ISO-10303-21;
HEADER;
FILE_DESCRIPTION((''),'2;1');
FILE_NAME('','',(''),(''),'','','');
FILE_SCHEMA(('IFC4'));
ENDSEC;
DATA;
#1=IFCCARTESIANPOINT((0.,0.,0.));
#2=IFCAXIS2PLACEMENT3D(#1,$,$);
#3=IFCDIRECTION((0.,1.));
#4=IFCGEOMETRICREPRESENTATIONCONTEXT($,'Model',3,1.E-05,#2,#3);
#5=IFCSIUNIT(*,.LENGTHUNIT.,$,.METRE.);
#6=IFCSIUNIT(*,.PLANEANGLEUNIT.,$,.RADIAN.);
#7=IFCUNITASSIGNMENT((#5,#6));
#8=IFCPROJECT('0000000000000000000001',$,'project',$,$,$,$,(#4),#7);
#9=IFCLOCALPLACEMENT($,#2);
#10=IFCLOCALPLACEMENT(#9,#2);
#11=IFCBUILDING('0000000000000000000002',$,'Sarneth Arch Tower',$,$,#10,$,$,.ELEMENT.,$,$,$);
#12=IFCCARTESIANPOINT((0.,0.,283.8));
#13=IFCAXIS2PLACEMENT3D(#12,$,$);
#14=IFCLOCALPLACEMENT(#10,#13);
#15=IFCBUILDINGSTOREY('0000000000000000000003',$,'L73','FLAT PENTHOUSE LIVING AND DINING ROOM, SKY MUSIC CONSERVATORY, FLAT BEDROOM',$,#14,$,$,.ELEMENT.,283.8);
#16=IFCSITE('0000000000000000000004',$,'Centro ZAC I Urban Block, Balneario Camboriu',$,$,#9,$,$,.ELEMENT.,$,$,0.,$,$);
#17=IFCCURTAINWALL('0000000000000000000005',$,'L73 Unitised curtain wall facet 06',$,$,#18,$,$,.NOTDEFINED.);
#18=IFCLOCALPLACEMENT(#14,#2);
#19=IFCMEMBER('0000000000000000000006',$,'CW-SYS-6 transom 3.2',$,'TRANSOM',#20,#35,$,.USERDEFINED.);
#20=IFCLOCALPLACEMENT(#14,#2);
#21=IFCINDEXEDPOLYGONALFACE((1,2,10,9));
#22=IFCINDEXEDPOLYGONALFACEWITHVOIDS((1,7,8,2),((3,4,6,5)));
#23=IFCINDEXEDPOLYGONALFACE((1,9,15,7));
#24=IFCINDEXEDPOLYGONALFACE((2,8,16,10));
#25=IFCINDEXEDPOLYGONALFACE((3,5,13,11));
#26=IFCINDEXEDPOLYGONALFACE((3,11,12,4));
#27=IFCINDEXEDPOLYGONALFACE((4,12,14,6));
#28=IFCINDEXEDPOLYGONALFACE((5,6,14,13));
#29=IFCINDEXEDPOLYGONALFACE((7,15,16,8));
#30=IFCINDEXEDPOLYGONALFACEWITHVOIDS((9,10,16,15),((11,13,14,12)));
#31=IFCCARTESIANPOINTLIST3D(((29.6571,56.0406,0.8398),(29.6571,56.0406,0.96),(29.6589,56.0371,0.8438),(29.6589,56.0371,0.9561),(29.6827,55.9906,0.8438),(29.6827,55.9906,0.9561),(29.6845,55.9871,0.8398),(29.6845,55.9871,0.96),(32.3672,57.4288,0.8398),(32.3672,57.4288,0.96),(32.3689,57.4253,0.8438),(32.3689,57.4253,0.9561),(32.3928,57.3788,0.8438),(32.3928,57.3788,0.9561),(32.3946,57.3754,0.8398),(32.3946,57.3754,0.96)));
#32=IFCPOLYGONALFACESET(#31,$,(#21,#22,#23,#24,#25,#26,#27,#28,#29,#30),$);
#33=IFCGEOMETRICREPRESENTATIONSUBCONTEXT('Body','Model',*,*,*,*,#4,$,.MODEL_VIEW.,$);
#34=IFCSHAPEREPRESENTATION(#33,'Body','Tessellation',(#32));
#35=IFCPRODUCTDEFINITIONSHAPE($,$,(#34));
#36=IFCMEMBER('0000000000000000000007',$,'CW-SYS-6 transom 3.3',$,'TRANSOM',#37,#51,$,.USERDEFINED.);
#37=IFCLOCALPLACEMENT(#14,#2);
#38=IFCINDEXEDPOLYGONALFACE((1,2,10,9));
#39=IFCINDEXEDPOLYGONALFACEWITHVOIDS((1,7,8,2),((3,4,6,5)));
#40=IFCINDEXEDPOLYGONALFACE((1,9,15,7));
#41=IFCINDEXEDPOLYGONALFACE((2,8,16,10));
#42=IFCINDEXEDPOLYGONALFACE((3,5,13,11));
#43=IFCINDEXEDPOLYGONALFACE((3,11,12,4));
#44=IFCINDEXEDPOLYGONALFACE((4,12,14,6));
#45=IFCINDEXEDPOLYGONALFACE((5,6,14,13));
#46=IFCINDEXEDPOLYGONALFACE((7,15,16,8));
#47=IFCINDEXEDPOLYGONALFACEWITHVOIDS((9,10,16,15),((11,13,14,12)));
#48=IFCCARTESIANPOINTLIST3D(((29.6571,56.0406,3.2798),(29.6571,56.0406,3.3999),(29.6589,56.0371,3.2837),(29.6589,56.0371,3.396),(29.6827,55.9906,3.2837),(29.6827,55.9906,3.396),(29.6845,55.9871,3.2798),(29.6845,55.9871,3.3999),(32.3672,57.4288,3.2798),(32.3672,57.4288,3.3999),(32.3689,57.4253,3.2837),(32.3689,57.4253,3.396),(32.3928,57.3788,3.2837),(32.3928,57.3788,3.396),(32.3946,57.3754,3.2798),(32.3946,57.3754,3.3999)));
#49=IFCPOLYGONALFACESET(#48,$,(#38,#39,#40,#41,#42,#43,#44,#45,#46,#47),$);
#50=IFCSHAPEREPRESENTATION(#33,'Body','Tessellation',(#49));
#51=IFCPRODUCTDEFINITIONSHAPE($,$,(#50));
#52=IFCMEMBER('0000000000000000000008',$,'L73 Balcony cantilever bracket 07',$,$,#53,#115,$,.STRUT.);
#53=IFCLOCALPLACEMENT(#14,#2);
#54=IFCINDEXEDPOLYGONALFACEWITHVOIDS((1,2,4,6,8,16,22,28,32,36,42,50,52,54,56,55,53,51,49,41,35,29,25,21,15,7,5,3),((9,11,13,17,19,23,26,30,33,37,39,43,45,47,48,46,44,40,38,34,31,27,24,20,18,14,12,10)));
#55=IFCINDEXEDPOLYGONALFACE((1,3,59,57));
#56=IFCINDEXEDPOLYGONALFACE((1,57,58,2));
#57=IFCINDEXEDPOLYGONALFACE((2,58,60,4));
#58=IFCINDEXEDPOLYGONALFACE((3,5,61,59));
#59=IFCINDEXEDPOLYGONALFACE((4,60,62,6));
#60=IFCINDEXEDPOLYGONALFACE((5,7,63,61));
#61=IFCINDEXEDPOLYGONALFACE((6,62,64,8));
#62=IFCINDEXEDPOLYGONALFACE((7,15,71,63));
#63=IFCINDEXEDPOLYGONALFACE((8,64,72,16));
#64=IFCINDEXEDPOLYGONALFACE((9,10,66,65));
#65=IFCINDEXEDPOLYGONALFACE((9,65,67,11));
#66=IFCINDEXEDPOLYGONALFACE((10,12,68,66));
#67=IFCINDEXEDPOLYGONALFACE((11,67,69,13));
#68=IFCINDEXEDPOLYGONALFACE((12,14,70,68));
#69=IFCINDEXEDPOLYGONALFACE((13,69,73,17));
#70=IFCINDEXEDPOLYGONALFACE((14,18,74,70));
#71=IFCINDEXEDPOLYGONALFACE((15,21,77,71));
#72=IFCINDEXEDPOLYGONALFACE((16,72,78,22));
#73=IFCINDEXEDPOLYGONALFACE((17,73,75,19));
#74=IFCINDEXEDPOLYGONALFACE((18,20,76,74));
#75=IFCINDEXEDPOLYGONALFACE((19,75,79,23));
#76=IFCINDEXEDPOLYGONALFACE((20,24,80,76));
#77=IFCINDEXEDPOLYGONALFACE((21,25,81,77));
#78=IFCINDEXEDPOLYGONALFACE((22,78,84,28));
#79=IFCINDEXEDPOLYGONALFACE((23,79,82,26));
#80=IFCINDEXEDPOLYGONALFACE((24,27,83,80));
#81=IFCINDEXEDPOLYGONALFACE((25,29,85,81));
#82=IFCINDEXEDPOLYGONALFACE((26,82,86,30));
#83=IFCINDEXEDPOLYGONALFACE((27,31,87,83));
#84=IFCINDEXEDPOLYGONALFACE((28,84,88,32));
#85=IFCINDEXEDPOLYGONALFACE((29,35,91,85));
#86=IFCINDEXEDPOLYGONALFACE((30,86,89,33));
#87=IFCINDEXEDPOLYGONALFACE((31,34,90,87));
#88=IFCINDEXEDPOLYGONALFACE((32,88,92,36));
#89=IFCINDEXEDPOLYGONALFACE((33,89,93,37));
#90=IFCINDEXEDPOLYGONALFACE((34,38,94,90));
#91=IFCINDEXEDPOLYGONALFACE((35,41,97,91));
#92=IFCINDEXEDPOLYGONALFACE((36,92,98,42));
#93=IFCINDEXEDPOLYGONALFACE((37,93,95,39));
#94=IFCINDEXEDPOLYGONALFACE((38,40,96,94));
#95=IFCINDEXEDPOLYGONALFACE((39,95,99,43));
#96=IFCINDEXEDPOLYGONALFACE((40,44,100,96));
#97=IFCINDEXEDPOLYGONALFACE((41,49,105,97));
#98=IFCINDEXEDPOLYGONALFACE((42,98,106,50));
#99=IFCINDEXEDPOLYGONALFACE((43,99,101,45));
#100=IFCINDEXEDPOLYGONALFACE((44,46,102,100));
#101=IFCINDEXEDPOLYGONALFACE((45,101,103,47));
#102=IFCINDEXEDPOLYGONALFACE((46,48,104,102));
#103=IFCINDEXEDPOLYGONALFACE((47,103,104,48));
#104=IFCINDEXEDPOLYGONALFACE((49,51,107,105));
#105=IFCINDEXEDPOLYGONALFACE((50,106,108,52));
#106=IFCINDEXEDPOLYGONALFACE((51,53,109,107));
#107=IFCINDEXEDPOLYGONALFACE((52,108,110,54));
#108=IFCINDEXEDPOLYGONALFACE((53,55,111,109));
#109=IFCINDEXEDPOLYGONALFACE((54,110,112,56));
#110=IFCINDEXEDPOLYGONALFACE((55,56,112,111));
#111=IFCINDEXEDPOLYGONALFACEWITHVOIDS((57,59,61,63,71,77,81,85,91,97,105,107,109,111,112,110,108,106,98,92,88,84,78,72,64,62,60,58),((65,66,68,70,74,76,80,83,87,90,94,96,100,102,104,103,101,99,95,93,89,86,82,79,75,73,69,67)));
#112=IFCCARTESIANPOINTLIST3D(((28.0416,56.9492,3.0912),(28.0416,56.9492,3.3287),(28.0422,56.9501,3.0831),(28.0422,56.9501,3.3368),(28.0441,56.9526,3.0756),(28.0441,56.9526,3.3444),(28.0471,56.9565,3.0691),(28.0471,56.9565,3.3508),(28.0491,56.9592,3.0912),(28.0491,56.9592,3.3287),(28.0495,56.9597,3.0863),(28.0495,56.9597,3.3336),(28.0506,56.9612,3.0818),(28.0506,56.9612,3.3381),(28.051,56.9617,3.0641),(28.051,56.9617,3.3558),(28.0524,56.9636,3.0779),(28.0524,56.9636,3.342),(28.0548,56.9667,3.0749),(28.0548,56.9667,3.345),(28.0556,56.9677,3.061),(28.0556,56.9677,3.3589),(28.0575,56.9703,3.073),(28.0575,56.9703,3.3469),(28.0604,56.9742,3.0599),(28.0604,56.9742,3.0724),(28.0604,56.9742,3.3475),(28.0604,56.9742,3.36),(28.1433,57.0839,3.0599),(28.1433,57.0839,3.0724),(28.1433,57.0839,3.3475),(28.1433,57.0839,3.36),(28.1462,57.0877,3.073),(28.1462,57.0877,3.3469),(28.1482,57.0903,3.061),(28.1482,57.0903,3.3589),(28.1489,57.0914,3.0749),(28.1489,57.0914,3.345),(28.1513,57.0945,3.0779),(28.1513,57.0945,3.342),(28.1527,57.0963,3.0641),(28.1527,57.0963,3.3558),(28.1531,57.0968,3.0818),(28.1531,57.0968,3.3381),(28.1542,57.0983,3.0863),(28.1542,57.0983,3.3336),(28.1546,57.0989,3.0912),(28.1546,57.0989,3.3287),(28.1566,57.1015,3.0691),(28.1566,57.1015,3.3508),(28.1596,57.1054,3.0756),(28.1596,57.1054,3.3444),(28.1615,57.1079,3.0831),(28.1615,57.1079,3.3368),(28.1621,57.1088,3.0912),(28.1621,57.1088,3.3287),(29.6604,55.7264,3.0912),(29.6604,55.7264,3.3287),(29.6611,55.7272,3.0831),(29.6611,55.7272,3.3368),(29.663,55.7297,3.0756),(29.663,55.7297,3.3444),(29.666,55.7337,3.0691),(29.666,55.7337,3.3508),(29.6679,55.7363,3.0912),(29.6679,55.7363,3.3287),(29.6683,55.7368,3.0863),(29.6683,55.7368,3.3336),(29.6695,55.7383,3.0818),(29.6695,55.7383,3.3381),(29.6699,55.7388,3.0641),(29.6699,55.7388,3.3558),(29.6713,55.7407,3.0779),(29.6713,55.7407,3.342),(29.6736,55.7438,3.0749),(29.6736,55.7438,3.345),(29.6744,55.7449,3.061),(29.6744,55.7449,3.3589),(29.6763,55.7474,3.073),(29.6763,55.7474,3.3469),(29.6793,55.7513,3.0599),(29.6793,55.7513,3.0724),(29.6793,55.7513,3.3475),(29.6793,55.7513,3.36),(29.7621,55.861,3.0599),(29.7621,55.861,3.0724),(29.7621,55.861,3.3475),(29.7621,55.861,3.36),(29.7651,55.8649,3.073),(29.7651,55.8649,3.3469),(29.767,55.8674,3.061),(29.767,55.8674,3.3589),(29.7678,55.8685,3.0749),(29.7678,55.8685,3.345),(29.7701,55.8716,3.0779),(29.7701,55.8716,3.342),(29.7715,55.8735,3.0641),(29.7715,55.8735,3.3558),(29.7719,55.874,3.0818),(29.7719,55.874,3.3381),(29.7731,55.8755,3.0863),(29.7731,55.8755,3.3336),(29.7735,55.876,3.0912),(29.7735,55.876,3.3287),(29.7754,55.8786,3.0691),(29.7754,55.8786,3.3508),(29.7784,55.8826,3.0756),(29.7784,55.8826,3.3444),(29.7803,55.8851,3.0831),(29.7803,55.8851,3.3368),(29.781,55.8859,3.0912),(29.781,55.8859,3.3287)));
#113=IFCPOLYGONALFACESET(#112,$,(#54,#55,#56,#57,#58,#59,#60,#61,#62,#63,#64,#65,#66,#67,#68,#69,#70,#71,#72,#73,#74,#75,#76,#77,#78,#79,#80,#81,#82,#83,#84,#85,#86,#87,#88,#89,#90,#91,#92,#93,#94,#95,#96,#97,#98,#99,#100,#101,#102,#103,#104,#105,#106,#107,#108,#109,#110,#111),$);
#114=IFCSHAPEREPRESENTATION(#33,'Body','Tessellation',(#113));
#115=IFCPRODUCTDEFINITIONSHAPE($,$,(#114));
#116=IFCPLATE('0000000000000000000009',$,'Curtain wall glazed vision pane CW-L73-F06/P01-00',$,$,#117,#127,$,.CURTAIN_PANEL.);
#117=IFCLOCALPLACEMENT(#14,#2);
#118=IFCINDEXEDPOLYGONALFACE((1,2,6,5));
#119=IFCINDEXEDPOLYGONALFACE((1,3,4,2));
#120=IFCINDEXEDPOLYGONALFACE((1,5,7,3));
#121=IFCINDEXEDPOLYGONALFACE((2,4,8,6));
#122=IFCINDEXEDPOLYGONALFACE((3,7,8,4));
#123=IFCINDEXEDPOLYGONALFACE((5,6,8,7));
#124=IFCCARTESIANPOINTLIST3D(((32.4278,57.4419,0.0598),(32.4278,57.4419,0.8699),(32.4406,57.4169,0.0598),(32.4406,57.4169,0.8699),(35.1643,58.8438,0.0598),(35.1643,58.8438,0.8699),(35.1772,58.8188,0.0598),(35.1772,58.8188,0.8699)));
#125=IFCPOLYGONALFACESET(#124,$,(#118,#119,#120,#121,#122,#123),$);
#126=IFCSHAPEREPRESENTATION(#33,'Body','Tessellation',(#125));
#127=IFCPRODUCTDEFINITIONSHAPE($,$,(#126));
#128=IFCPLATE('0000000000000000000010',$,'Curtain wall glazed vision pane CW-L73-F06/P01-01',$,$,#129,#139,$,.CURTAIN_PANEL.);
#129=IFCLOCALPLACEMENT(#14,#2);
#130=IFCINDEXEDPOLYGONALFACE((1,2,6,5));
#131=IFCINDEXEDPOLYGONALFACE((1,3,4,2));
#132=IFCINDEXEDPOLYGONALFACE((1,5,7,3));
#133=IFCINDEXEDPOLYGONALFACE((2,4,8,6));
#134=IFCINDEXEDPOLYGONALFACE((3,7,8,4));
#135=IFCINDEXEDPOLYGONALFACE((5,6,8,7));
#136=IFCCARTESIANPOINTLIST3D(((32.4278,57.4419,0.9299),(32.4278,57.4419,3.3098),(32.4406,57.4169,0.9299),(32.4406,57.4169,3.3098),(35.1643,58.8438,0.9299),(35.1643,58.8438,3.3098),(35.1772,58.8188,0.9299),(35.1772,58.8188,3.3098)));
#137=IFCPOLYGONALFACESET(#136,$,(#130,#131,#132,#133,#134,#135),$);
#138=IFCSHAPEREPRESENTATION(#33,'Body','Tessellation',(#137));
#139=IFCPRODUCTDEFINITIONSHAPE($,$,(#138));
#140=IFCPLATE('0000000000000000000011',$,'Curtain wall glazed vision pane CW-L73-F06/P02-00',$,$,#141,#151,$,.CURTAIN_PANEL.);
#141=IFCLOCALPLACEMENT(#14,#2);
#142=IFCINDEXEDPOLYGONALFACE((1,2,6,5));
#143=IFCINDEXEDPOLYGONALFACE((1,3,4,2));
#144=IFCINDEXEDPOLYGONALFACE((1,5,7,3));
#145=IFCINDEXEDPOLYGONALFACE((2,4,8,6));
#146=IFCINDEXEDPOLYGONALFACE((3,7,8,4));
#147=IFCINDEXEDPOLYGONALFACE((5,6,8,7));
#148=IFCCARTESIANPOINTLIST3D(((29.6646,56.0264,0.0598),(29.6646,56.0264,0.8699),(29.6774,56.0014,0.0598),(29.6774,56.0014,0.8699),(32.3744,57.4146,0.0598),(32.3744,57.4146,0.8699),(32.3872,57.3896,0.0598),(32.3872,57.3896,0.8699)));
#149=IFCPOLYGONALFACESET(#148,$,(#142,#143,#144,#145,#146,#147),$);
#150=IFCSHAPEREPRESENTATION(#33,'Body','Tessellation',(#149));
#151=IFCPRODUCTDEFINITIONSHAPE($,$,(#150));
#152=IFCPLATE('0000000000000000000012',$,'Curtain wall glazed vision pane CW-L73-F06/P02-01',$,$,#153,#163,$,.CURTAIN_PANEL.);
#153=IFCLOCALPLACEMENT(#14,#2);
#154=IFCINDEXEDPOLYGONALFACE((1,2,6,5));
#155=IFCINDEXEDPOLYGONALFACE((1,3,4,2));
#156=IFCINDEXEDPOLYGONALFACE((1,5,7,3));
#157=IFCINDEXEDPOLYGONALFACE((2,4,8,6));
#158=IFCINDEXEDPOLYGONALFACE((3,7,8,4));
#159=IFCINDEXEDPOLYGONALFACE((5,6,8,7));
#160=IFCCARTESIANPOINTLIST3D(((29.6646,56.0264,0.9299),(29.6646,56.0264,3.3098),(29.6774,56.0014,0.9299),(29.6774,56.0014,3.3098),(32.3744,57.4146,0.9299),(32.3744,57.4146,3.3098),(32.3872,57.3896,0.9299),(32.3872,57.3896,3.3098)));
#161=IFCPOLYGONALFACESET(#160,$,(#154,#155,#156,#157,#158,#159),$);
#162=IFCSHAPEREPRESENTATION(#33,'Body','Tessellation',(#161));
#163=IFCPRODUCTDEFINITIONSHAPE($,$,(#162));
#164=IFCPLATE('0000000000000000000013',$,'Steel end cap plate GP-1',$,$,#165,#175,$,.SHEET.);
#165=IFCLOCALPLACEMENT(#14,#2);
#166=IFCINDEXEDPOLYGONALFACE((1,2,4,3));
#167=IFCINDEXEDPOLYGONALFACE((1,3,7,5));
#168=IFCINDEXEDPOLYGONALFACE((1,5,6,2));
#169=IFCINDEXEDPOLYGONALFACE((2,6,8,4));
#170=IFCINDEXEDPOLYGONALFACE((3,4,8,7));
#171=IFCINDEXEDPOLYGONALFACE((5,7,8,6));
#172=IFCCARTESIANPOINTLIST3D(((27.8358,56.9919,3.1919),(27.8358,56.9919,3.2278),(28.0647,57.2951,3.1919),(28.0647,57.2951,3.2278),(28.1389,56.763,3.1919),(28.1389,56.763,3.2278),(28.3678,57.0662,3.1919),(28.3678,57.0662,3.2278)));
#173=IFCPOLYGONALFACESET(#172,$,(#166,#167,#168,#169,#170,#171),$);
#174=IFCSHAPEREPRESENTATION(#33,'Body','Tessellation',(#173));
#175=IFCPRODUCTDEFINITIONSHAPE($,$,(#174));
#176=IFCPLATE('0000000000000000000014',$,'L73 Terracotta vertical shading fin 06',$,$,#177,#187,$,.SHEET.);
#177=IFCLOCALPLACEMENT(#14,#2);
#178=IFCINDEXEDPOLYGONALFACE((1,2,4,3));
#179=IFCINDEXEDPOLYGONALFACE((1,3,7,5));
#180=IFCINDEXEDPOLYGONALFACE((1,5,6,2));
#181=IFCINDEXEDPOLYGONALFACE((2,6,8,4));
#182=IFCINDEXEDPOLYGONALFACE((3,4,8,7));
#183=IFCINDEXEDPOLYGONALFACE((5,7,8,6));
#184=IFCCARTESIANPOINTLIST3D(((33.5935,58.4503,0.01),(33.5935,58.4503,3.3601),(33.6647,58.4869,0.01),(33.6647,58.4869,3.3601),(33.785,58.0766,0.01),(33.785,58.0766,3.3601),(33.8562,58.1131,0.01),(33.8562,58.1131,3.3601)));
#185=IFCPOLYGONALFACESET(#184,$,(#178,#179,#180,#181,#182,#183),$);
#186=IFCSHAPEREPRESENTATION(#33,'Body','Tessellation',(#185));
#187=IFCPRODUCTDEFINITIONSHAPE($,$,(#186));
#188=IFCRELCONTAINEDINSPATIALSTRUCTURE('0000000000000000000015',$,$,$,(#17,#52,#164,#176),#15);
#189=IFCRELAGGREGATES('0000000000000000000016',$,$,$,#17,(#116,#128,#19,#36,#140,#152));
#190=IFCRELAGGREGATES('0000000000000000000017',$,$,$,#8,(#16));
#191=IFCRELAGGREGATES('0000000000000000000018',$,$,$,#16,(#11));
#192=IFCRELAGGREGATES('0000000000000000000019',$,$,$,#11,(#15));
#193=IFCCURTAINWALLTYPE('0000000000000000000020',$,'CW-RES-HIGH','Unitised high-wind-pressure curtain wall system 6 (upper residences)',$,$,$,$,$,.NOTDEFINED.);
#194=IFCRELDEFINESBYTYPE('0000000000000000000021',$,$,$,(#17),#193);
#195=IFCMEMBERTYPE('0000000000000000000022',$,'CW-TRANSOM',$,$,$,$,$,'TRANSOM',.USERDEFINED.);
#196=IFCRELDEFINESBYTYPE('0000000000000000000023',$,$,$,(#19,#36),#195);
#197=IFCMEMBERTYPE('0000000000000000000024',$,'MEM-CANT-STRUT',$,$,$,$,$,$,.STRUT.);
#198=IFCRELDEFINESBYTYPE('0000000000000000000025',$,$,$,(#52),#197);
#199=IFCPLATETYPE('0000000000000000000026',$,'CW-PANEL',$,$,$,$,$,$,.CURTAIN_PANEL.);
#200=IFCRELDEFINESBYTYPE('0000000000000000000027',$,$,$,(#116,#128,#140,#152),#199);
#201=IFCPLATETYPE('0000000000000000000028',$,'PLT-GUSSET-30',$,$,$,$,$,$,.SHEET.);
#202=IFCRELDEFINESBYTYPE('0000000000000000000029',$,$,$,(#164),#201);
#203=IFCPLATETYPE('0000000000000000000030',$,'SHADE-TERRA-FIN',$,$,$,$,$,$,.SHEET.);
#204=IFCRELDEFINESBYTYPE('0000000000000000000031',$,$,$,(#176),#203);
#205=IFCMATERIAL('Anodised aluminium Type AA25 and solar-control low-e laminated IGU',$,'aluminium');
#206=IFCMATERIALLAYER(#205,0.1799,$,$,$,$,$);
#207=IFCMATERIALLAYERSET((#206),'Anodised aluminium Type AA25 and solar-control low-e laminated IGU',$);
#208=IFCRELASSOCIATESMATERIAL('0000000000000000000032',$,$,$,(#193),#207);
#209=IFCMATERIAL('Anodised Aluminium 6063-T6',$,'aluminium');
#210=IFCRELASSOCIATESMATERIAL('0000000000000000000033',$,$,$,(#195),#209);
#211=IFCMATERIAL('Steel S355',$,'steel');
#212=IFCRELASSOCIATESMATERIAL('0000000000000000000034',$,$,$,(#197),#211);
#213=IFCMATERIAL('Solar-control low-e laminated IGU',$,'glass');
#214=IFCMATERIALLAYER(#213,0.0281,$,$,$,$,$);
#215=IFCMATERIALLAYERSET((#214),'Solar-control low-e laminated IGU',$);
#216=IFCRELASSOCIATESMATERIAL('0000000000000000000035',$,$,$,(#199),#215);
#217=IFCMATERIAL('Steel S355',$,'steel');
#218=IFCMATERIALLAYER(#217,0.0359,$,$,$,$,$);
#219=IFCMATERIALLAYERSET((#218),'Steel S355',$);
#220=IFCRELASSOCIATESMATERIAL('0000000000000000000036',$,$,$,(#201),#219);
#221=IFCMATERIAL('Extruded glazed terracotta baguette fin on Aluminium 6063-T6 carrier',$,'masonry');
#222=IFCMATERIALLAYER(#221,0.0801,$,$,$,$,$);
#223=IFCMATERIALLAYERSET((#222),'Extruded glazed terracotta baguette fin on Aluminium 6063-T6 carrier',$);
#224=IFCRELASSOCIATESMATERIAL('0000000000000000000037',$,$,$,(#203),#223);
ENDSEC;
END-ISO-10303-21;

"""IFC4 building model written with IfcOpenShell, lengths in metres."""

from ifc_helpers import new_model, si_unit, direction, frame, origin, origin_2d, place, context, subcontext, project, spatial, rectangle, hollow_rectangle, extrude, material, layer, layer_set, material_profile, profile_set, type_object, element, aggregate, save


model = new_model("IFC4")

# Units and contexts
model_context = context("Model", 3, precision=1e-05, world=origin(), true_north=direction((0.0, 1.0)))
body_context = subcontext(model_context, "Body", "Model", "MODEL_VIEW")
ifc_project = project(units=[si_unit("LENGTHUNIT", "METRE"), si_unit("PLANEANGLEUNIT", "RADIAN")], contexts=[model_context])

# Site, building, storey
site_placement = place(None, origin())
site = spatial("IfcSite", under=ifc_project, at=site_placement, Name="Centro ZAC I Urban Block, Balneario Camboriu", CompositionType="ELEMENT", RefElevation=0.0)
building_placement = place(site_placement, origin())
building = spatial("IfcBuilding", under=site, at=building_placement, Name="Sarneth Arch Tower", CompositionType="ELEMENT")
storey_placement = place(building_placement, frame((0.0, 0.0, 283.8)))
storey = spatial("IfcBuildingStorey", under=building, at=storey_placement, Name="L73", Description="FLAT PENTHOUSE LIVING AND DINING ROOM, SKY MUSIC CONSERVATORY, FLAT BEDROOM", CompositionType="ELEMENT", Elevation=283.8)

# Curtain wall, members
ifc_material_1 = material(Name="Anodised aluminium Type AA25 and solar-control low-e laminated IGU", Category="aluminium")
ifc_layer_1 = layer(ifc_material_1, 0.1799)
ifc_layer_set_1 = layer_set([ifc_layer_1], Name="Anodised aluminium Type AA25 and solar-control low-e laminated IGU")
curtain_wall_type = type_object("IfcCurtainWallType", Name="CW-RES-HIGH", Description="Unitised high-wind-pressure curtain wall system 6 (upper residences)", PredefinedType="NOTDEFINED", material=ifc_layer_set_1)
curtain_wall_placement = place(storey_placement, origin())
curtain_wall = element("IfcCurtainWall", 1, at=curtain_wall_placement, inside=storey, type_object=curtain_wall_type, Name="L73 Unitised curtain wall facet 06", PredefinedType="NOTDEFINED")
ifc_material_2 = material(Name="Anodised Aluminium 6063-T6", Category="aluminium")
ifc_material_profile_1 = material_profile(ifc_material_2, hollow_rectangle(XDim=0.0601, YDim=0.1201, WallThickness=0.0039, at=origin_2d()), Name="AL-TRAN-120x60x4")
ifc_profile_set_1 = profile_set([ifc_material_profile_1], Name="Anodised Aluminium 6063-T6")
member_type_1 = type_object("IfcMemberType", Name="CW-TRANSOM", ElementType="TRANSOM", PredefinedType="USERDEFINED", material=ifc_profile_set_1)
member_1_placement = place(storey_placement, frame((32.3809, 57.4021, 0.8999), z_axis=(-0.890023, -0.455916, 0.0), x_axis=(0.455916, -0.890023, 0.0)))
member_1 = element("IfcMember", 2, at=member_1_placement, type_object=member_type_1, Name="CW-SYS-6 transom 3.2", ObjectType="TRANSOM", PredefinedType="USERDEFINED", context=body_context, shape_type="SweptSolid", body=[
    extrude(hollow_rectangle(XDim=0.0601, YDim=0.1201, WallThickness=0.0039, at=origin_2d()), origin(), (0.0, 0.0, 1.0), 3.0449),
])
member_2_placement = place(storey_placement, frame((32.3809, 57.4021, 3.3398), z_axis=(-0.890023, -0.455916, 0.0), x_axis=(0.455916, -0.890023, 0.0)))
member_2 = element("IfcMember", 3, at=member_2_placement, type_object=member_type_1, Name="CW-SYS-6 transom 3.3", ObjectType="TRANSOM", PredefinedType="USERDEFINED", context=body_context, shape_type="SweptSolid", body=[
    extrude(hollow_rectangle(XDim=0.0601, YDim=0.1201, WallThickness=0.0039, at=origin_2d()), origin(), (0.0, 0.0, 1.0), 3.0449),
])

# Member
ifc_material_3 = material(Name="Steel S355", Category="steel")
ifc_material_profile_2 = material_profile(ifc_material_3, hollow_rectangle(XDim=0.2, YDim=0.3, WallThickness=0.0125, InnerFilletRadius=0.0188, OuterFilletRadius=0.0312, at=origin_2d()), Name="RHS300x200x12.5")
ifc_profile_set_2 = profile_set([ifc_material_profile_2], Name="Steel S355")
member_type_2 = type_object("IfcMemberType", Name="MEM-CANT-STRUT", PredefinedType="STRUT", material=ifc_profile_set_2)
member_3_placement = place(storey_placement, frame((29.7207, 55.8062, 3.21), z_axis=(-0.79793, 0.60275, 0.0), x_axis=(-0.60275, -0.79793, 0.0)))
element("IfcMember", 4, at=member_3_placement, inside=storey, type_object=member_type_2, Name="L73 Balcony cantilever bracket 07", PredefinedType="STRUT", context=body_context, shape_type="SweptSolid", body=[
    extrude(hollow_rectangle(XDim=0.2, YDim=0.3, WallThickness=0.0125, InnerFilletRadius=0.0188, OuterFilletRadius=0.0312, at=origin_2d()), origin(), (0.0, 0.0, 1.0), 2.0288),
])

# Plates
ifc_material_4 = material(Name="Solar-control low-e laminated IGU", Category="glass")
ifc_layer_2 = layer(ifc_material_4, 0.0281)
ifc_layer_set_2 = layer_set([ifc_layer_2], Name="Solar-control low-e laminated IGU")
plate_type_1 = type_object("IfcPlateType", Name="CW-PANEL", PredefinedType="CURTAIN_PANEL", material=ifc_layer_set_2)
plate_1_placement = place(storey_placement, frame((33.8025, 58.1304, 0.0598), z_axis=(0.0, 0.0, 1.0), x_axis=(-0.89001, -0.455942, 0.0)))
plate_1 = element("IfcPlate", 5, at=plate_1_placement, type_object=plate_type_1, Name="Curtain wall glazed vision pane CW-L73-F06/P01-00", PredefinedType="CURTAIN_PANEL", context=body_context, shape_type="SweptSolid", body=[
    extrude(rectangle(XDim=3.0747, YDim=0.0281, at=origin_2d()), origin(), (0.0, 0.0, 1.0), 0.8101),
])
plate_2_placement = place(storey_placement, frame((33.8025, 58.1304, 0.9299), z_axis=(0.0, 0.0, 1.0), x_axis=(-0.89001, -0.455942, 0.0)))
plate_2 = element("IfcPlate", 6, at=plate_2_placement, type_object=plate_type_1, Name="Curtain wall glazed vision pane CW-L73-F06/P01-01", PredefinedType="CURTAIN_PANEL", context=body_context, shape_type="SweptSolid", body=[
    extrude(rectangle(XDim=3.0747, YDim=0.0281, at=origin_2d()), origin(), (0.0, 0.0, 1.0), 2.3799),
])
plate_3_placement = place(storey_placement, frame((31.0259, 56.708, 0.0598), z_axis=(0.0, 0.0, 1.0), x_axis=(-0.89001, -0.455942, 0.0)))
plate_3 = element("IfcPlate", 7, at=plate_3_placement, type_object=plate_type_1, Name="Curtain wall glazed vision pane CW-L73-F06/P02-00", PredefinedType="CURTAIN_PANEL", context=body_context, shape_type="SweptSolid", body=[
    extrude(rectangle(XDim=3.0447, YDim=0.0281, at=origin_2d()), origin(), (0.0, 0.0, 1.0), 0.8101),
])
plate_4_placement = place(storey_placement, frame((31.0259, 56.708, 0.9299), z_axis=(0.0, 0.0, 1.0), x_axis=(-0.89001, -0.455942, 0.0)))
plate_4 = element("IfcPlate", 8, at=plate_4_placement, type_object=plate_type_1, Name="Curtain wall glazed vision pane CW-L73-F06/P02-01", PredefinedType="CURTAIN_PANEL", context=body_context, shape_type="SweptSolid", body=[
    extrude(rectangle(XDim=3.0447, YDim=0.0281, at=origin_2d()), origin(), (0.0, 0.0, 1.0), 2.3799),
])
aggregate(curtain_wall, [plate_1, plate_2, member_1, member_2, plate_3, plate_4])

# Plates
ifc_material_5 = material(Name="Steel S355", Category="steel")
ifc_layer_3 = layer(ifc_material_5, 0.0359)
ifc_layer_set_3 = layer_set([ifc_layer_3], Name="Steel S355")
plate_type_2 = type_object("IfcPlateType", Name="PLT-GUSSET-30", PredefinedType="SHEET", material=ifc_layer_set_3)
plate_5_placement = place(storey_placement, frame((28.1018, 57.0291, 3.1919), z_axis=(0.0, 0.0, 1.0), x_axis=(-0.798005, 0.602651, 0.0)))
element("IfcPlate", 9, at=plate_5_placement, inside=storey, type_object=plate_type_2, Name="Steel end cap plate GP-1", PredefinedType="SHEET", context=body_context, shape_type="SweptSolid", body=[
    extrude(rectangle(XDim=0.3799, YDim=0.3799, at=origin_2d()), origin(), (0.0, 0.0, 1.0), 0.0359),
])
ifc_material_6 = material(Name="Extruded glazed terracotta baguette fin on Aluminium 6063-T6 carrier", Category="masonry")
ifc_layer_4 = layer(ifc_material_6, 0.0801)
ifc_layer_set_4 = layer_set([ifc_layer_4], Name="Extruded glazed terracotta baguette fin on Aluminium 6063-T6 carrier")
plate_type_3 = type_object("IfcPlateType", Name="SHADE-TERRA-FIN", PredefinedType="SHEET", material=ifc_layer_set_4)
plate_6_placement = place(storey_placement, frame((33.7249, 58.2817, 0.01), z_axis=(0.0, 0.0, 1.0), x_axis=(-0.456011, 0.889974, 0.0)))
element("IfcPlate", 10, at=plate_6_placement, inside=storey, type_object=plate_type_3, Name="L73 Terracotta vertical shading fin 06", PredefinedType="SHEET", context=body_context, shape_type="SweptSolid", body=[
    extrude(rectangle(XDim=0.4199, YDim=0.0801, at=origin_2d()), origin(), (0.0, 0.0, 1.0), 3.3501),
])

save(model, "model.ifc")
